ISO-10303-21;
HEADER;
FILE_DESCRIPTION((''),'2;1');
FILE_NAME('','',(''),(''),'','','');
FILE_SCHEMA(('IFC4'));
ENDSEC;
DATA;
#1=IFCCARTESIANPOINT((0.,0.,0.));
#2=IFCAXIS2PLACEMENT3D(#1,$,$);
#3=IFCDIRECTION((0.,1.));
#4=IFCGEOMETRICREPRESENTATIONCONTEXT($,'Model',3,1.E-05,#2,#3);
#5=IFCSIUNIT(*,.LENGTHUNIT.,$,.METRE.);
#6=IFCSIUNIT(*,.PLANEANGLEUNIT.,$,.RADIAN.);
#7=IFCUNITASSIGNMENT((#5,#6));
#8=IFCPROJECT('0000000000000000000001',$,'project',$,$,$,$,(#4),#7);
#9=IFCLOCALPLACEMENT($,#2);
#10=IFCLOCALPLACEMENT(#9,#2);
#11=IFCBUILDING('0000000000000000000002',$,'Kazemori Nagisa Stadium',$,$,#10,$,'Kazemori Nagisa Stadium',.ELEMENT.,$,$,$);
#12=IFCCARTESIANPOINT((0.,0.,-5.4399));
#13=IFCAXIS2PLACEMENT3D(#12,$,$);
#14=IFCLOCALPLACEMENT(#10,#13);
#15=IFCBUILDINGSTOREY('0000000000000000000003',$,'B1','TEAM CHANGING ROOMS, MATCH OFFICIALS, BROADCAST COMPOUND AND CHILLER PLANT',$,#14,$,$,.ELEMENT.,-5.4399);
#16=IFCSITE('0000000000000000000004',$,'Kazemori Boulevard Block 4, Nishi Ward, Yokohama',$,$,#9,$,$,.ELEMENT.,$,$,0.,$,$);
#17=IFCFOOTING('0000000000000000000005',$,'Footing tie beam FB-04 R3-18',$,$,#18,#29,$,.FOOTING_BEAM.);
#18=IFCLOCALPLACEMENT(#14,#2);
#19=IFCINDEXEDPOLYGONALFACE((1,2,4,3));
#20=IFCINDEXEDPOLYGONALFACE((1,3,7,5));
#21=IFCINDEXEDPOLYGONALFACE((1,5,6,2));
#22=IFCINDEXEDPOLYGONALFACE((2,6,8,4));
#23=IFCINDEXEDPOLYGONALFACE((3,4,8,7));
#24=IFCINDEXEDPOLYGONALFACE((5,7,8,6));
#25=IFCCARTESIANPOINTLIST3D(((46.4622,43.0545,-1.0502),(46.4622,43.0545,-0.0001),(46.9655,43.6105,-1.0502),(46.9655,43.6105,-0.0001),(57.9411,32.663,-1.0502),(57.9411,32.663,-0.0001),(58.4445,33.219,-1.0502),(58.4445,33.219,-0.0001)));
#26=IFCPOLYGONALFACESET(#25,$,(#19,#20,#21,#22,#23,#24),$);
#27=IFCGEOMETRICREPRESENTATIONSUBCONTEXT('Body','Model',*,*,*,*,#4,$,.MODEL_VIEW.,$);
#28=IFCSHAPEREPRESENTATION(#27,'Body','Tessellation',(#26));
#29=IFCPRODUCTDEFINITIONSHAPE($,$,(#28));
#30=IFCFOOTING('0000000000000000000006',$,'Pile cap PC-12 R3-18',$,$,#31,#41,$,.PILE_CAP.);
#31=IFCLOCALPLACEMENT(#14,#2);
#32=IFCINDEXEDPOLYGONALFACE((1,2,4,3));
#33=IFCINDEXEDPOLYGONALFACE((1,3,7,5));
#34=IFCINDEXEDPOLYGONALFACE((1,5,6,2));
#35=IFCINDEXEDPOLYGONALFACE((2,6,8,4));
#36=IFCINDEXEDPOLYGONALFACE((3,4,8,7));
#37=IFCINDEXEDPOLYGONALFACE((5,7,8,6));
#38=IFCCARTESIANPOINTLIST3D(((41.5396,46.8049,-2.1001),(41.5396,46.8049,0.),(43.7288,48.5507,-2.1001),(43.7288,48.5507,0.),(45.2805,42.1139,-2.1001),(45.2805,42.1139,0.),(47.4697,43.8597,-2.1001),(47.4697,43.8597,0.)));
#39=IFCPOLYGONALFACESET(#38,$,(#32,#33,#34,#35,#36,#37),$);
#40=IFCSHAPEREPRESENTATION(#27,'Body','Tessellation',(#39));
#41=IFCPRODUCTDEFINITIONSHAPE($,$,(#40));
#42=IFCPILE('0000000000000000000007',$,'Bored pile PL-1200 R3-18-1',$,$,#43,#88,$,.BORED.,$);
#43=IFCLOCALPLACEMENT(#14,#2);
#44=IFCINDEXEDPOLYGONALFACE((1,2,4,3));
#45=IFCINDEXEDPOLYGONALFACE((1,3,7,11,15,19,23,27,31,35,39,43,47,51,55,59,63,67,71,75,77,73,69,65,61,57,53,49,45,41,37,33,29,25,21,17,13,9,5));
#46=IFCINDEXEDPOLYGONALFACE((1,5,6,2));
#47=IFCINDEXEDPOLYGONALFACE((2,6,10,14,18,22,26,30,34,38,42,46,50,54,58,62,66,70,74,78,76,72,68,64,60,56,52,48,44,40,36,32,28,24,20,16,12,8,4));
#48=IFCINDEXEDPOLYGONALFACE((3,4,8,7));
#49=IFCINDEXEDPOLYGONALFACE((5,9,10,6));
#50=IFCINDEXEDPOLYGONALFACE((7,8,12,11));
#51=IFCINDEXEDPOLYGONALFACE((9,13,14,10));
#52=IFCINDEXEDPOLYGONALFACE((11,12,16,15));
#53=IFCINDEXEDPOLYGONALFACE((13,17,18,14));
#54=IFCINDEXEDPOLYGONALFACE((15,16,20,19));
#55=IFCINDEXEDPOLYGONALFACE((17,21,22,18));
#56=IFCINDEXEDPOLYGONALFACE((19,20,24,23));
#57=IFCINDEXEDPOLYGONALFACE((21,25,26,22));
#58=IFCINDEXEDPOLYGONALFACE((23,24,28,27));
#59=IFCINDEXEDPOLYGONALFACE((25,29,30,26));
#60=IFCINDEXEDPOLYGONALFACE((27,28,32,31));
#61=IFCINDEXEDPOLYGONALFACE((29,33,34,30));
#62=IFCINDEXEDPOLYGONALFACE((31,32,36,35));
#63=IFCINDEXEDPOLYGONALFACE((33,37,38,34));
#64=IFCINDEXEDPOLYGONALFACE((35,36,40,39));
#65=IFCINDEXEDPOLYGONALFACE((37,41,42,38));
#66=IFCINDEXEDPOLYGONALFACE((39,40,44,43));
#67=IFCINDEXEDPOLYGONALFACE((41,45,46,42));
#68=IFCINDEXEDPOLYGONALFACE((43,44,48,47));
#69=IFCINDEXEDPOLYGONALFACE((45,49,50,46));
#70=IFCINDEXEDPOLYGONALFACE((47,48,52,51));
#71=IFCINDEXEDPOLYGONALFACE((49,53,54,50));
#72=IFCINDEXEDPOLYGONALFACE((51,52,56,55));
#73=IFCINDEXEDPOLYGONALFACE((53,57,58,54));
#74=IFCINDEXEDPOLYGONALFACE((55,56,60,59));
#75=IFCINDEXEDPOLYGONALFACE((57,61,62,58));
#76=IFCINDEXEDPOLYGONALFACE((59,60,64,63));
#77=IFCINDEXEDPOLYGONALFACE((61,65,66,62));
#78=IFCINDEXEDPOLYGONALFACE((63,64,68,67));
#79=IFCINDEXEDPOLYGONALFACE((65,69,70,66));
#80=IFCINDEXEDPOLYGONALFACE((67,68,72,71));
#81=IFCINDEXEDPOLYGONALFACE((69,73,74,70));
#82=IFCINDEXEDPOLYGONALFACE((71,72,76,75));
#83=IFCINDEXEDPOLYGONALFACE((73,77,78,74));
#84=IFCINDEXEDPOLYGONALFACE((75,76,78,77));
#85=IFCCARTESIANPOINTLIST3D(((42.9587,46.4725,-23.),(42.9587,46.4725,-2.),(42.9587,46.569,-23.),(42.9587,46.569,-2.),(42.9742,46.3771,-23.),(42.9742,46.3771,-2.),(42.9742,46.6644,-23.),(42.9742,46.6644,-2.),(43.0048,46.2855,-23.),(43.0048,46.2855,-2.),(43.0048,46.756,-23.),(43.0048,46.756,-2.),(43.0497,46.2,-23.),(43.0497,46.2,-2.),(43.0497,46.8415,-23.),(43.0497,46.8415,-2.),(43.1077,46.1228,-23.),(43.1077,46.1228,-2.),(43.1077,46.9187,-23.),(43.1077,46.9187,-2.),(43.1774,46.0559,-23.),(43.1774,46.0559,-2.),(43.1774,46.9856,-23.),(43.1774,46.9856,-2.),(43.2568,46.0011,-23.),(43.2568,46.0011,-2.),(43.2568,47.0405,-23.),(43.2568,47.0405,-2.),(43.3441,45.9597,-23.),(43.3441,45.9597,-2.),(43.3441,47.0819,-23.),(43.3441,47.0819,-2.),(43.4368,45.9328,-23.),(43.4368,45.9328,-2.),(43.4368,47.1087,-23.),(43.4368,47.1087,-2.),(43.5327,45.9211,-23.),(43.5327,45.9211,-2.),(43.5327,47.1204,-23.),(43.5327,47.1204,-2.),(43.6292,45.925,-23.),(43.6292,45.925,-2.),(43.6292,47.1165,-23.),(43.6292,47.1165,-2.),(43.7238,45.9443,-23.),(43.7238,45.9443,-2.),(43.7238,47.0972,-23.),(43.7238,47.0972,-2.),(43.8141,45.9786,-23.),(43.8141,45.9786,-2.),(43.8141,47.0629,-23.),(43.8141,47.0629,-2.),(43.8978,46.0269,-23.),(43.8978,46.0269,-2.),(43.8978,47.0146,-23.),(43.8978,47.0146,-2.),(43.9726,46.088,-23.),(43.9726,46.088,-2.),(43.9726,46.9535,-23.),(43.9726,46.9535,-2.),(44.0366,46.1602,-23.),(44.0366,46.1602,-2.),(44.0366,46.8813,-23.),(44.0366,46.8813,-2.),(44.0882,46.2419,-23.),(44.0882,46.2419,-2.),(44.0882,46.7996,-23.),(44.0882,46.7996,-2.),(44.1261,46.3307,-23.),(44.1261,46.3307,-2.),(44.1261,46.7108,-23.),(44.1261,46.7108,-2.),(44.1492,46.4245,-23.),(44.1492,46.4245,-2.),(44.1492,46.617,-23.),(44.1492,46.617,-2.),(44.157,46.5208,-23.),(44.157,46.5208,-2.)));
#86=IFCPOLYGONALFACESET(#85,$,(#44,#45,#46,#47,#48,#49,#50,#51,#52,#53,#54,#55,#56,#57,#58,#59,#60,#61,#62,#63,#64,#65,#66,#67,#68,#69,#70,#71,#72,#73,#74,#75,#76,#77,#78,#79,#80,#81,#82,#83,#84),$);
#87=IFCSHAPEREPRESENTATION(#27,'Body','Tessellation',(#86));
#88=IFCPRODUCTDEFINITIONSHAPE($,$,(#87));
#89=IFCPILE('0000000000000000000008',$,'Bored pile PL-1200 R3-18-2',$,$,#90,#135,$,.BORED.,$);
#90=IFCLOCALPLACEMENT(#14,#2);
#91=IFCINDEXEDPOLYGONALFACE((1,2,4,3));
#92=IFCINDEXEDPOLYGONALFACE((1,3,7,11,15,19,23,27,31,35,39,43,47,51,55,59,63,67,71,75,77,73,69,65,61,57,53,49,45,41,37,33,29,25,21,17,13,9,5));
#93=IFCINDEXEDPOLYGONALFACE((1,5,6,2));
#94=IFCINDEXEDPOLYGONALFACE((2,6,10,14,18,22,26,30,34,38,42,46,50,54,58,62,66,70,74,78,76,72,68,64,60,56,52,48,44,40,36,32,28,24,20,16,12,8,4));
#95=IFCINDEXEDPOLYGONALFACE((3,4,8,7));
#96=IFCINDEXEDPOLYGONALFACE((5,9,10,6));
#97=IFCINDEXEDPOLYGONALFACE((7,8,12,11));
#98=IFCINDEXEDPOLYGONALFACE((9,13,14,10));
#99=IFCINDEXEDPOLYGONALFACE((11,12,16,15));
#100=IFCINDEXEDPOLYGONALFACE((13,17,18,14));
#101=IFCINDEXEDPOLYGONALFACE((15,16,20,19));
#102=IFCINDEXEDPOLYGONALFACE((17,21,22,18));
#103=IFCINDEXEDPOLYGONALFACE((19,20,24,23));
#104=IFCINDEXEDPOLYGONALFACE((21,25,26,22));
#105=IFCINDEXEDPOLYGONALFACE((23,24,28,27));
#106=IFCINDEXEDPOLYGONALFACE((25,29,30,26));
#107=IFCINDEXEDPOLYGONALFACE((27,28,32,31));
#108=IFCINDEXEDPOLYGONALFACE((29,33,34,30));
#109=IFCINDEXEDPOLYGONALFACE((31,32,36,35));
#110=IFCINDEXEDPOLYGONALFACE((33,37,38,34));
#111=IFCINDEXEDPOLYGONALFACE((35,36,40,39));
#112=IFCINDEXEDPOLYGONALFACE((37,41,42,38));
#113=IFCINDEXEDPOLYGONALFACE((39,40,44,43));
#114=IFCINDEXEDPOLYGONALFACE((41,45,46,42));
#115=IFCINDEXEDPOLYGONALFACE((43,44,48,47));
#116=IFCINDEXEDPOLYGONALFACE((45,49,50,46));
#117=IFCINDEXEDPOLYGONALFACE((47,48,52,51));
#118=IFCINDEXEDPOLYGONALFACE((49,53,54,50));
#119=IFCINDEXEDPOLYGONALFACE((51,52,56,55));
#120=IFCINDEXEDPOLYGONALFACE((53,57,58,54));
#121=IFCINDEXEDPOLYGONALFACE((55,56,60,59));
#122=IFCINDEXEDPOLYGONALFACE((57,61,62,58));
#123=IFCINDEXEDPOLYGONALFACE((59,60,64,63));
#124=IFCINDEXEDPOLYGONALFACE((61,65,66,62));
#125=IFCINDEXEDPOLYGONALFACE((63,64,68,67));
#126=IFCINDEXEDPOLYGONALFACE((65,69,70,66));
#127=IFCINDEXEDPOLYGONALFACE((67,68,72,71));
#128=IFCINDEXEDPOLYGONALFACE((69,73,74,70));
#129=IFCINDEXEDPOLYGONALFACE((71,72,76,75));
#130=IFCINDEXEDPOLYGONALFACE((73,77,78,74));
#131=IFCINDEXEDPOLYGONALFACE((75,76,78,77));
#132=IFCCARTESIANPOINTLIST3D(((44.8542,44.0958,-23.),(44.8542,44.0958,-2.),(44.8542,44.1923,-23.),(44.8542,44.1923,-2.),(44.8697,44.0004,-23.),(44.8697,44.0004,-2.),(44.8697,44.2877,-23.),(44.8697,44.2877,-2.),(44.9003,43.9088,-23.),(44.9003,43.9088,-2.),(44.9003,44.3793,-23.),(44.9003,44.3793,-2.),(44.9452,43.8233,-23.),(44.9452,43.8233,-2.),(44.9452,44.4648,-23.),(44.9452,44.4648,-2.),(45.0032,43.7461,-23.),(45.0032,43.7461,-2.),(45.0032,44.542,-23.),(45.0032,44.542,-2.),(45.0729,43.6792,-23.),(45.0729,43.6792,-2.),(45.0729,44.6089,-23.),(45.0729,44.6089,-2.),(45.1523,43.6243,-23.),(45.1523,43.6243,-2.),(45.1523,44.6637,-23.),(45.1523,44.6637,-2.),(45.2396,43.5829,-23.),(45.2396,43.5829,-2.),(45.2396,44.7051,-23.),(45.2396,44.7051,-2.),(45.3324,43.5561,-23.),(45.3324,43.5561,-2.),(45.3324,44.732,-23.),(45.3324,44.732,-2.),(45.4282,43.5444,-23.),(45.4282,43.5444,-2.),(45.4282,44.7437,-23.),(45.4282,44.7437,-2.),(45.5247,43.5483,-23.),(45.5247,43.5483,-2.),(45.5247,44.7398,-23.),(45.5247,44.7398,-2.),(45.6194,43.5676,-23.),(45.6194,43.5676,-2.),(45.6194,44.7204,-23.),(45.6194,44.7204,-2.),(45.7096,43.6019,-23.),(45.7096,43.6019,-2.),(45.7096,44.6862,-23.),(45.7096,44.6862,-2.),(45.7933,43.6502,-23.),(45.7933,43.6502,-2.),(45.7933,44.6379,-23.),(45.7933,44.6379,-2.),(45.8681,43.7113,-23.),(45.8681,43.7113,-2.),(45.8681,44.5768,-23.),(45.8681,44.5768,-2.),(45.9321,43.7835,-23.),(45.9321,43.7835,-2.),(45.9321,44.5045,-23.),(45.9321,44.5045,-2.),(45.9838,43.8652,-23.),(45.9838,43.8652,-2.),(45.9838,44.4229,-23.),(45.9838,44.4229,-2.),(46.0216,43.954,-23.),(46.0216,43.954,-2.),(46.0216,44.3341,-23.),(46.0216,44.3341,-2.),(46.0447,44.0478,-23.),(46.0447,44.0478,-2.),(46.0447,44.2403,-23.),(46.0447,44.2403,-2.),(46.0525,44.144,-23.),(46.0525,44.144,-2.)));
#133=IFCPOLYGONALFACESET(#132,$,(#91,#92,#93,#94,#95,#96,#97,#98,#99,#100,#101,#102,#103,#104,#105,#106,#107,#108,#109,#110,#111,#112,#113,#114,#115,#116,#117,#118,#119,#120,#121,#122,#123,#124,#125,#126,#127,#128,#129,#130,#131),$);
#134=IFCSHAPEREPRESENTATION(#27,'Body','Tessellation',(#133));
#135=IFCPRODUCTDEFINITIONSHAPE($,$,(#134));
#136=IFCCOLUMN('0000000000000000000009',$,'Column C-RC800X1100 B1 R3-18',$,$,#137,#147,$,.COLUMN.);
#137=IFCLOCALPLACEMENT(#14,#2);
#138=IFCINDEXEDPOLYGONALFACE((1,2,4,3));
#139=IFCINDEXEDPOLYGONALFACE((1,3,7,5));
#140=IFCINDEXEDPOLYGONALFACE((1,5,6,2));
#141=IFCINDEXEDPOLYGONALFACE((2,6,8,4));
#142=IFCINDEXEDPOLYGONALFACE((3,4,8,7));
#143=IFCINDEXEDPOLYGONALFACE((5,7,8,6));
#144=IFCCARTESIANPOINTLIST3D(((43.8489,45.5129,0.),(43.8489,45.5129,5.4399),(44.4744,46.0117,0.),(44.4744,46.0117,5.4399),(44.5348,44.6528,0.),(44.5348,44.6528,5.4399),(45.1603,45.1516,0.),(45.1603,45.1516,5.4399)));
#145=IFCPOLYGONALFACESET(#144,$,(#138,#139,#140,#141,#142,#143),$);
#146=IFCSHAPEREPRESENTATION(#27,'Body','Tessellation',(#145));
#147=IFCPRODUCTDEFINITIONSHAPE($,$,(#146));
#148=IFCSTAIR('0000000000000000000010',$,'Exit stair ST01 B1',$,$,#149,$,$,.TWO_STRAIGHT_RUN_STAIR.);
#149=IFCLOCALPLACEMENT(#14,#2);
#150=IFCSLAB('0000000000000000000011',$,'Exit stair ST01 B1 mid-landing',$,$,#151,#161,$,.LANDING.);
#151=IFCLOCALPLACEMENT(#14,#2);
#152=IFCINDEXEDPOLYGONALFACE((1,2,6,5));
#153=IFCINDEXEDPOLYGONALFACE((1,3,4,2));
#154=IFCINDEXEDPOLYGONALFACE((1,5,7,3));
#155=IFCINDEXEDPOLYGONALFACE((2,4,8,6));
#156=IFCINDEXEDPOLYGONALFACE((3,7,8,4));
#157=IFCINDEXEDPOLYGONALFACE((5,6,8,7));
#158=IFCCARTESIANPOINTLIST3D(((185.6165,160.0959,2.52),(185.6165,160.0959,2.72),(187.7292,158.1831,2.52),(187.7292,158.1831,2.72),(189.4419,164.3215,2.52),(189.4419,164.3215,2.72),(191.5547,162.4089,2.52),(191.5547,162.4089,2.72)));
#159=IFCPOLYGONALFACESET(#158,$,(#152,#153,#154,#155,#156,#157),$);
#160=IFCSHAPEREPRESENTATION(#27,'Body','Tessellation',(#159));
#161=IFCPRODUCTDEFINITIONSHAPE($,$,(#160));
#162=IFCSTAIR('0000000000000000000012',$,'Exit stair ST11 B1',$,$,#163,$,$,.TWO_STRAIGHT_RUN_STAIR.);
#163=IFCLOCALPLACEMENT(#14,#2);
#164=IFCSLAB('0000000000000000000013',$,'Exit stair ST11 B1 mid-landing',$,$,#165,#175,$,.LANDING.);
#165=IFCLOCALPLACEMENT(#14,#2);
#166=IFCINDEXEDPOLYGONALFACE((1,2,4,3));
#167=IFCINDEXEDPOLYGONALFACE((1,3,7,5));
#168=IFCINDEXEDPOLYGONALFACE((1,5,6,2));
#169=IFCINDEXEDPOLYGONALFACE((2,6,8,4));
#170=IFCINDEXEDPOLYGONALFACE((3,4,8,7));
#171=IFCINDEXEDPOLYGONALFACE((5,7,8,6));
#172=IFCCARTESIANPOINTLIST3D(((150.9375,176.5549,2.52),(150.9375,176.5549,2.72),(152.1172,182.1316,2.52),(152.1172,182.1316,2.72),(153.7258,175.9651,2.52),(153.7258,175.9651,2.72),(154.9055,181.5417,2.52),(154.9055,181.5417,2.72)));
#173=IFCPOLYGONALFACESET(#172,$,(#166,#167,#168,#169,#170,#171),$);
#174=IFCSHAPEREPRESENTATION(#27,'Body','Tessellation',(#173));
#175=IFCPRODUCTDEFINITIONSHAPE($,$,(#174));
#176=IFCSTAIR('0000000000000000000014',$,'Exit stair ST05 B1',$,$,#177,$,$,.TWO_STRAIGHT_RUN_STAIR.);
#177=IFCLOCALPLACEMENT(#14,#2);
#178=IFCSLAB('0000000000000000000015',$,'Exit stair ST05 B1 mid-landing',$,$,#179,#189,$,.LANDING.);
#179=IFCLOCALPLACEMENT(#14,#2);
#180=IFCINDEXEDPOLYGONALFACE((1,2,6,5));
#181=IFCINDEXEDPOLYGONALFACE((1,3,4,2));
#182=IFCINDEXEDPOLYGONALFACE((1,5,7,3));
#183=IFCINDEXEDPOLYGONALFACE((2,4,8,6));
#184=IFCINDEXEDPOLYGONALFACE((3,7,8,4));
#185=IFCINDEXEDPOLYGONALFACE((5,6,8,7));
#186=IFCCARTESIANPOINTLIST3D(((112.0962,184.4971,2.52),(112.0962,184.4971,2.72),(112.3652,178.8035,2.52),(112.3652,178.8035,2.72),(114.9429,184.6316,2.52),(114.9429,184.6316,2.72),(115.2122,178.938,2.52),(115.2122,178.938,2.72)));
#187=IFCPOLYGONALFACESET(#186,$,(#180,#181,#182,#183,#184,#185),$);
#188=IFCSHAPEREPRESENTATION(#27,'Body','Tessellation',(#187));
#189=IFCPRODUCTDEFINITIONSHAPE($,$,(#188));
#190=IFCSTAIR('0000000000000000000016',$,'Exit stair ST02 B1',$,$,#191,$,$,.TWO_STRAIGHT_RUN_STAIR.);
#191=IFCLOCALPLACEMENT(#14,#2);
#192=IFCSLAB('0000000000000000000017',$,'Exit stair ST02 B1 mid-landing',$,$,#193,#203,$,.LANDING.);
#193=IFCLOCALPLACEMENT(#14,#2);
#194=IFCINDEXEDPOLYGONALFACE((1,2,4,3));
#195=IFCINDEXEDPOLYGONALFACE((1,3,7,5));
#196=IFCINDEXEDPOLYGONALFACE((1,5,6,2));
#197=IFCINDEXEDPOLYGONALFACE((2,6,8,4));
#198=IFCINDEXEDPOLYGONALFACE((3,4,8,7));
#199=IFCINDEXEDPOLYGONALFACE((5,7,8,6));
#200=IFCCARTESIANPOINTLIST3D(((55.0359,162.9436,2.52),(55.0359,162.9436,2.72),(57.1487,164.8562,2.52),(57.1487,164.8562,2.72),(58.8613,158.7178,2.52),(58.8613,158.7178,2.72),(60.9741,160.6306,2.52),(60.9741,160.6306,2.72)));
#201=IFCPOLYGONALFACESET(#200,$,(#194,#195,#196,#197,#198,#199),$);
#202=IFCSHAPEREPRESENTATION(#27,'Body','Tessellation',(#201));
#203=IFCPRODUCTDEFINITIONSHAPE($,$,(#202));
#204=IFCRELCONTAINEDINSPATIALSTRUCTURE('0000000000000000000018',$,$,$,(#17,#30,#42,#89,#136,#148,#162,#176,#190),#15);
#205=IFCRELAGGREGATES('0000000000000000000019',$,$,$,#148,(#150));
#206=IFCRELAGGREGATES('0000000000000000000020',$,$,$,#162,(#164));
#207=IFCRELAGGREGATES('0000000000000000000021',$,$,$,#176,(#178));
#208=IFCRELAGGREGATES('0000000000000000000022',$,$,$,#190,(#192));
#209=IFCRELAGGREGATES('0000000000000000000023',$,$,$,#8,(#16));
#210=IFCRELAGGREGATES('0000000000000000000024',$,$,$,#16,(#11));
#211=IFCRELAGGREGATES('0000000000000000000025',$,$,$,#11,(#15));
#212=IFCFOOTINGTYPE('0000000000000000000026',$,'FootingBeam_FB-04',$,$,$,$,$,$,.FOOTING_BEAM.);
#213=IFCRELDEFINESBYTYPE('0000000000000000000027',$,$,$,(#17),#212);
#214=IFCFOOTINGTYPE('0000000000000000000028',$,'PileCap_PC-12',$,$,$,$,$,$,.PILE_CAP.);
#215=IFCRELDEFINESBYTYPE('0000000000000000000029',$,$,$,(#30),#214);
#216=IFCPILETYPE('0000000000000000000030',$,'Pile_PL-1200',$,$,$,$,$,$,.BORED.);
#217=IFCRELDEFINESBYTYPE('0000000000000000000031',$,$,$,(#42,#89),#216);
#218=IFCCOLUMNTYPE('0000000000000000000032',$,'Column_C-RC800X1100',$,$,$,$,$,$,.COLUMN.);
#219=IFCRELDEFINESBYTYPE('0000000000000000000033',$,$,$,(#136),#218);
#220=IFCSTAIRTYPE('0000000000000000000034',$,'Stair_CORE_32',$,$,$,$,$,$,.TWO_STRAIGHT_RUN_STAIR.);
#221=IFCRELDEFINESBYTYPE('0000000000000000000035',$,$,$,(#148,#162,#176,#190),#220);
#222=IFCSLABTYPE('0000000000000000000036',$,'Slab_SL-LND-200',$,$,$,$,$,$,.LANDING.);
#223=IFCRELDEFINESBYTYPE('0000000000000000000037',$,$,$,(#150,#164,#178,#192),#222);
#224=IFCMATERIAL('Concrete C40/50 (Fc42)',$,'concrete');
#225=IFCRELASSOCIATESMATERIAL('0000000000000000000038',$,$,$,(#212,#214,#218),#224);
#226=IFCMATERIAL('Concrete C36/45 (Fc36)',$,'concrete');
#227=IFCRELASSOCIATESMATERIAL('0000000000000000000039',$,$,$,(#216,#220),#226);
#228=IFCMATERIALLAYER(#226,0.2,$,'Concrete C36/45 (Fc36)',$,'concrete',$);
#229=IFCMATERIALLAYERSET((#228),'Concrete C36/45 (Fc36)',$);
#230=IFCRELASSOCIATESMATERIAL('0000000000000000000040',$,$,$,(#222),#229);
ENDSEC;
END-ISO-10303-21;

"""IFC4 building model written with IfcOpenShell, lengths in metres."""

from ifc_helpers import new_model, si_unit, direction, frame, origin, origin_2d, place, context, subcontext, project, spatial, polyline, rectangle, circle, outline, extrude, material, layer, layer_set, material_profile, profile_set, type_object, element, aggregate, save


model = new_model("IFC4")

# Units and contexts
model_context = context("Model", 3, precision=1e-05, world=origin(), true_north=direction((0.0, 1.0)))
body_context = subcontext(model_context, "Body", "Model", "MODEL_VIEW")
ifc_project = project(units=[si_unit("LENGTHUNIT", "METRE"), si_unit("PLANEANGLEUNIT", "RADIAN")], contexts=[model_context])

# Site, building, storey
site_placement = place(None, origin())
site = spatial("IfcSite", under=ifc_project, at=site_placement, Name="Kazemori Boulevard Block 4, Nishi Ward, Yokohama", CompositionType="ELEMENT", RefElevation=0.0)
building_placement = place(site_placement, origin())
building = spatial("IfcBuilding", under=site, at=building_placement, Name="Kazemori Nagisa Stadium", LongName="Kazemori Nagisa Stadium", CompositionType="ELEMENT")
storey_placement = place(building_placement, frame((0.0, 0.0, -5.4399)))
storey = spatial("IfcBuildingStorey", under=building, at=storey_placement, Name="B1", Description="TEAM CHANGING ROOMS, MATCH OFFICIALS, BROADCAST COMPOUND AND CHILLER PLANT", CompositionType="ELEMENT", Elevation=-5.4399)

# Footings
ifc_material_1 = material(Name="Concrete C40/50 (Fc42)", Category="concrete")
ifc_material_profile_1 = material_profile(ifc_material_1, rectangle(XDim=0.75, YDim=1.05, at=origin_2d()), Name="RC-FB-750x1050")
ifc_profile_set_1 = profile_set([ifc_material_profile_1], Name="Concrete C40/50 (Fc42)")
footing_type_1 = type_object("IfcFootingType", Name="FootingBeam_FB-04", PredefinedType="FOOTING_BEAM", material=ifc_profile_set_1)
footing_1_placement = place(storey_placement, frame((46.7139, 43.3325, -0.5251), z_axis=(0.741348, -0.671121, 0.0), x_axis=(0.671121, 0.741348, 0.0)))
element("IfcFooting", 1, at=footing_1_placement, inside=storey, type_object=footing_type_1, Name="Footing tie beam FB-04 R3-18", PredefinedType="FOOTING_BEAM", context=body_context, shape_type="SweptSolid", body=[
    extrude(rectangle(XDim=0.75, YDim=1.05, at=origin_2d()), origin(), (0.0, 0.0, 1.0), 15.4839),
])
footing_type_2 = type_object("IfcFootingType", Name="PileCap_PC-12", PredefinedType="PILE_CAP", material=ifc_material_1)
footing_2_placement = place(storey_placement, frame((44.5046, 45.3323, -2.1001), z_axis=(0.0, 0.0, 1.0), x_axis=(0.62349, -0.781831, 0.0)))
element("IfcFooting", 2, at=footing_2_placement, inside=storey, type_object=footing_type_2, Name="Pile cap PC-12 R3-18", PredefinedType="PILE_CAP", context=body_context, shape_type="SweptSolid", body=[
    extrude(rectangle(XDim=6.0, YDim=2.8, at=origin_2d()), origin(), (0.0, 0.0, 1.0), 2.1001),
])

# Piles
ifc_material_2 = material(Name="Concrete C36/45 (Fc36)", Category="concrete")
ifc_material_profile_2 = material_profile(ifc_material_2, circle(Radius=0.6001, at=origin_2d()), Name="PILE-D1200")
ifc_profile_set_2 = profile_set([ifc_material_profile_2], Name="Concrete C36/45 (Fc36)")
pile_type = type_object("IfcPileType", Name="Pile_PL-1200", PredefinedType="BORED", material=ifc_profile_set_2)
for number, where, z_axis, x_axis, name in (
    (3, (43.5569, 46.5208, -2.0), (0.0, 0.0, -1.0), (1.0, 0.0, 0.0), "Bored pile PL-1200 R3-18-1"),
    (4, (45.4524, 44.144, -2.0), (0.0, 0.0, -1.0), (1.0, 0.0, 0.0), "Bored pile PL-1200 R3-18-2"),
):
    element("IfcPile", number, at=place(storey_placement, frame(where, z_axis=z_axis, x_axis=x_axis)), inside=storey, type_object=pile_type, Name=name, PredefinedType="BORED", context=body_context, shape_type="SweptSolid", body=[
        extrude(circle(Radius=0.6001, at=origin_2d()), origin(), (0.0, 0.0, 1.0), 21.0),
    ])

# Column
ifc_material_profile_3 = material_profile(ifc_material_1, rectangle(XDim=0.8, YDim=1.1001, at=origin_2d()), Name="RC-COL-800x1100")
ifc_profile_set_3 = profile_set([ifc_material_profile_3], Name="Concrete C40/50 (Fc42)")
column_type = type_object("IfcColumnType", Name="Column_C-RC800X1100", PredefinedType="COLUMN", material=ifc_profile_set_3)
column_placement = place(storey_placement, frame((44.5046, 45.3323, 0.0), z_axis=(0.0, 0.0, 1.0), x_axis=(-0.781831, -0.62349, 0.0)))
element("IfcColumn", 5, at=column_placement, inside=storey, type_object=column_type, Name="Column C-RC800X1100 B1 R3-18", PredefinedType="COLUMN", context=body_context, shape_type="SweptSolid", body=[
    extrude(rectangle(XDim=0.8, YDim=1.1001, at=origin_2d()), origin(), (0.0, 0.0, 1.0), 5.4399),
])

# Stairs, slabs
stair_type = type_object("IfcStairType", Name="Stair_CORE_32", PredefinedType="TWO_STRAIGHT_RUN_STAIR", material=ifc_material_2)
stair_1_placement = place(storey_placement, origin())
stair_1 = element("IfcStair", 6, at=stair_1_placement, inside=storey, type_object=stair_type, Name="Exit stair ST01 B1", PredefinedType="TWO_STRAIGHT_RUN_STAIR")
ifc_layer_1 = layer(ifc_material_2, 0.2, Name="Concrete C36/45 (Fc36)", Category="concrete")
ifc_layer_set_1 = layer_set([ifc_layer_1], Name="Concrete C36/45 (Fc36)")
slab_type_1 = type_object("IfcSlabType", Name="Slab_SL-LND-200", PredefinedType="LANDING", material=ifc_layer_set_1)
slab_1_placement = place(storey_placement, frame((0.0, 0.0, 2.52)))
slab_1 = element("IfcSlab", 7, at=slab_1_placement, type_object=slab_type_1, Name="Exit stair ST01 B1 mid-landing", PredefinedType="LANDING", context=body_context, shape_type="SweptSolid", body=[
    extrude(outline(polyline([(187.7292, 158.1831), (185.6165, 160.0959), (189.4419, 164.3215), (191.5547, 162.4089), (187.7292, 158.1831)])), origin(), (0.0, 0.0, 1.0), 0.2),
])
aggregate(stair_1, [slab_1])
stair_2_placement = place(storey_placement, origin())
stair_2 = element("IfcStair", 8, at=stair_2_placement, inside=storey, type_object=stair_type, Name="Exit stair ST11 B1", PredefinedType="TWO_STRAIGHT_RUN_STAIR")
slab_2_placement = place(storey_placement, frame((0.0, 0.0, 2.52)))
slab_2 = element("IfcSlab", 9, at=slab_2_placement, type_object=slab_type_1, Name="Exit stair ST11 B1 mid-landing", PredefinedType="LANDING", context=body_context, shape_type="SweptSolid", body=[
    extrude(outline(polyline([(153.7258, 175.9651), (150.9375, 176.5549), (152.1172, 182.1316), (154.9055, 181.5417), (153.7258, 175.9651)])), origin(), (0.0, 0.0, 1.0), 0.2),
])
aggregate(stair_2, [slab_2])
stair_3_placement = place(storey_placement, origin())
stair_3 = element("IfcStair", 10, at=stair_3_placement, inside=storey, type_object=stair_type, Name="Exit stair ST05 B1", PredefinedType="TWO_STRAIGHT_RUN_STAIR")
slab_3_placement = place(storey_placement, frame((0.0, 0.0, 2.52)))
slab_3 = element("IfcSlab", 11, at=slab_3_placement, type_object=slab_type_1, Name="Exit stair ST05 B1 mid-landing", PredefinedType="LANDING", context=body_context, shape_type="SweptSolid", body=[
    extrude(outline(polyline([(115.2122, 178.938), (112.3652, 178.8035), (112.0962, 184.4971), (114.9429, 184.6316), (115.2122, 178.938)])), origin(), (0.0, 0.0, 1.0), 0.2),
])
aggregate(stair_3, [slab_3])
stair_4_placement = place(storey_placement, origin())
stair_4 = element("IfcStair", 12, at=stair_4_placement, inside=storey, type_object=stair_type, Name="Exit stair ST02 B1", PredefinedType="TWO_STRAIGHT_RUN_STAIR")
slab_4_placement = place(storey_placement, frame((0.0, 0.0, 2.52)))
slab_4 = element("IfcSlab", 13, at=slab_4_placement, type_object=slab_type_1, Name="Exit stair ST02 B1 mid-landing", PredefinedType="LANDING", context=body_context, shape_type="SweptSolid", body=[
    extrude(outline(polyline([(60.9741, 160.6306), (58.8613, 158.7178), (55.0359, 162.9436), (57.1487, 164.8562), (60.9741, 160.6306)])), origin(), (0.0, 0.0, 1.0), 0.2),
])
aggregate(stair_4, [slab_4])

save(model, "model.ifc")
